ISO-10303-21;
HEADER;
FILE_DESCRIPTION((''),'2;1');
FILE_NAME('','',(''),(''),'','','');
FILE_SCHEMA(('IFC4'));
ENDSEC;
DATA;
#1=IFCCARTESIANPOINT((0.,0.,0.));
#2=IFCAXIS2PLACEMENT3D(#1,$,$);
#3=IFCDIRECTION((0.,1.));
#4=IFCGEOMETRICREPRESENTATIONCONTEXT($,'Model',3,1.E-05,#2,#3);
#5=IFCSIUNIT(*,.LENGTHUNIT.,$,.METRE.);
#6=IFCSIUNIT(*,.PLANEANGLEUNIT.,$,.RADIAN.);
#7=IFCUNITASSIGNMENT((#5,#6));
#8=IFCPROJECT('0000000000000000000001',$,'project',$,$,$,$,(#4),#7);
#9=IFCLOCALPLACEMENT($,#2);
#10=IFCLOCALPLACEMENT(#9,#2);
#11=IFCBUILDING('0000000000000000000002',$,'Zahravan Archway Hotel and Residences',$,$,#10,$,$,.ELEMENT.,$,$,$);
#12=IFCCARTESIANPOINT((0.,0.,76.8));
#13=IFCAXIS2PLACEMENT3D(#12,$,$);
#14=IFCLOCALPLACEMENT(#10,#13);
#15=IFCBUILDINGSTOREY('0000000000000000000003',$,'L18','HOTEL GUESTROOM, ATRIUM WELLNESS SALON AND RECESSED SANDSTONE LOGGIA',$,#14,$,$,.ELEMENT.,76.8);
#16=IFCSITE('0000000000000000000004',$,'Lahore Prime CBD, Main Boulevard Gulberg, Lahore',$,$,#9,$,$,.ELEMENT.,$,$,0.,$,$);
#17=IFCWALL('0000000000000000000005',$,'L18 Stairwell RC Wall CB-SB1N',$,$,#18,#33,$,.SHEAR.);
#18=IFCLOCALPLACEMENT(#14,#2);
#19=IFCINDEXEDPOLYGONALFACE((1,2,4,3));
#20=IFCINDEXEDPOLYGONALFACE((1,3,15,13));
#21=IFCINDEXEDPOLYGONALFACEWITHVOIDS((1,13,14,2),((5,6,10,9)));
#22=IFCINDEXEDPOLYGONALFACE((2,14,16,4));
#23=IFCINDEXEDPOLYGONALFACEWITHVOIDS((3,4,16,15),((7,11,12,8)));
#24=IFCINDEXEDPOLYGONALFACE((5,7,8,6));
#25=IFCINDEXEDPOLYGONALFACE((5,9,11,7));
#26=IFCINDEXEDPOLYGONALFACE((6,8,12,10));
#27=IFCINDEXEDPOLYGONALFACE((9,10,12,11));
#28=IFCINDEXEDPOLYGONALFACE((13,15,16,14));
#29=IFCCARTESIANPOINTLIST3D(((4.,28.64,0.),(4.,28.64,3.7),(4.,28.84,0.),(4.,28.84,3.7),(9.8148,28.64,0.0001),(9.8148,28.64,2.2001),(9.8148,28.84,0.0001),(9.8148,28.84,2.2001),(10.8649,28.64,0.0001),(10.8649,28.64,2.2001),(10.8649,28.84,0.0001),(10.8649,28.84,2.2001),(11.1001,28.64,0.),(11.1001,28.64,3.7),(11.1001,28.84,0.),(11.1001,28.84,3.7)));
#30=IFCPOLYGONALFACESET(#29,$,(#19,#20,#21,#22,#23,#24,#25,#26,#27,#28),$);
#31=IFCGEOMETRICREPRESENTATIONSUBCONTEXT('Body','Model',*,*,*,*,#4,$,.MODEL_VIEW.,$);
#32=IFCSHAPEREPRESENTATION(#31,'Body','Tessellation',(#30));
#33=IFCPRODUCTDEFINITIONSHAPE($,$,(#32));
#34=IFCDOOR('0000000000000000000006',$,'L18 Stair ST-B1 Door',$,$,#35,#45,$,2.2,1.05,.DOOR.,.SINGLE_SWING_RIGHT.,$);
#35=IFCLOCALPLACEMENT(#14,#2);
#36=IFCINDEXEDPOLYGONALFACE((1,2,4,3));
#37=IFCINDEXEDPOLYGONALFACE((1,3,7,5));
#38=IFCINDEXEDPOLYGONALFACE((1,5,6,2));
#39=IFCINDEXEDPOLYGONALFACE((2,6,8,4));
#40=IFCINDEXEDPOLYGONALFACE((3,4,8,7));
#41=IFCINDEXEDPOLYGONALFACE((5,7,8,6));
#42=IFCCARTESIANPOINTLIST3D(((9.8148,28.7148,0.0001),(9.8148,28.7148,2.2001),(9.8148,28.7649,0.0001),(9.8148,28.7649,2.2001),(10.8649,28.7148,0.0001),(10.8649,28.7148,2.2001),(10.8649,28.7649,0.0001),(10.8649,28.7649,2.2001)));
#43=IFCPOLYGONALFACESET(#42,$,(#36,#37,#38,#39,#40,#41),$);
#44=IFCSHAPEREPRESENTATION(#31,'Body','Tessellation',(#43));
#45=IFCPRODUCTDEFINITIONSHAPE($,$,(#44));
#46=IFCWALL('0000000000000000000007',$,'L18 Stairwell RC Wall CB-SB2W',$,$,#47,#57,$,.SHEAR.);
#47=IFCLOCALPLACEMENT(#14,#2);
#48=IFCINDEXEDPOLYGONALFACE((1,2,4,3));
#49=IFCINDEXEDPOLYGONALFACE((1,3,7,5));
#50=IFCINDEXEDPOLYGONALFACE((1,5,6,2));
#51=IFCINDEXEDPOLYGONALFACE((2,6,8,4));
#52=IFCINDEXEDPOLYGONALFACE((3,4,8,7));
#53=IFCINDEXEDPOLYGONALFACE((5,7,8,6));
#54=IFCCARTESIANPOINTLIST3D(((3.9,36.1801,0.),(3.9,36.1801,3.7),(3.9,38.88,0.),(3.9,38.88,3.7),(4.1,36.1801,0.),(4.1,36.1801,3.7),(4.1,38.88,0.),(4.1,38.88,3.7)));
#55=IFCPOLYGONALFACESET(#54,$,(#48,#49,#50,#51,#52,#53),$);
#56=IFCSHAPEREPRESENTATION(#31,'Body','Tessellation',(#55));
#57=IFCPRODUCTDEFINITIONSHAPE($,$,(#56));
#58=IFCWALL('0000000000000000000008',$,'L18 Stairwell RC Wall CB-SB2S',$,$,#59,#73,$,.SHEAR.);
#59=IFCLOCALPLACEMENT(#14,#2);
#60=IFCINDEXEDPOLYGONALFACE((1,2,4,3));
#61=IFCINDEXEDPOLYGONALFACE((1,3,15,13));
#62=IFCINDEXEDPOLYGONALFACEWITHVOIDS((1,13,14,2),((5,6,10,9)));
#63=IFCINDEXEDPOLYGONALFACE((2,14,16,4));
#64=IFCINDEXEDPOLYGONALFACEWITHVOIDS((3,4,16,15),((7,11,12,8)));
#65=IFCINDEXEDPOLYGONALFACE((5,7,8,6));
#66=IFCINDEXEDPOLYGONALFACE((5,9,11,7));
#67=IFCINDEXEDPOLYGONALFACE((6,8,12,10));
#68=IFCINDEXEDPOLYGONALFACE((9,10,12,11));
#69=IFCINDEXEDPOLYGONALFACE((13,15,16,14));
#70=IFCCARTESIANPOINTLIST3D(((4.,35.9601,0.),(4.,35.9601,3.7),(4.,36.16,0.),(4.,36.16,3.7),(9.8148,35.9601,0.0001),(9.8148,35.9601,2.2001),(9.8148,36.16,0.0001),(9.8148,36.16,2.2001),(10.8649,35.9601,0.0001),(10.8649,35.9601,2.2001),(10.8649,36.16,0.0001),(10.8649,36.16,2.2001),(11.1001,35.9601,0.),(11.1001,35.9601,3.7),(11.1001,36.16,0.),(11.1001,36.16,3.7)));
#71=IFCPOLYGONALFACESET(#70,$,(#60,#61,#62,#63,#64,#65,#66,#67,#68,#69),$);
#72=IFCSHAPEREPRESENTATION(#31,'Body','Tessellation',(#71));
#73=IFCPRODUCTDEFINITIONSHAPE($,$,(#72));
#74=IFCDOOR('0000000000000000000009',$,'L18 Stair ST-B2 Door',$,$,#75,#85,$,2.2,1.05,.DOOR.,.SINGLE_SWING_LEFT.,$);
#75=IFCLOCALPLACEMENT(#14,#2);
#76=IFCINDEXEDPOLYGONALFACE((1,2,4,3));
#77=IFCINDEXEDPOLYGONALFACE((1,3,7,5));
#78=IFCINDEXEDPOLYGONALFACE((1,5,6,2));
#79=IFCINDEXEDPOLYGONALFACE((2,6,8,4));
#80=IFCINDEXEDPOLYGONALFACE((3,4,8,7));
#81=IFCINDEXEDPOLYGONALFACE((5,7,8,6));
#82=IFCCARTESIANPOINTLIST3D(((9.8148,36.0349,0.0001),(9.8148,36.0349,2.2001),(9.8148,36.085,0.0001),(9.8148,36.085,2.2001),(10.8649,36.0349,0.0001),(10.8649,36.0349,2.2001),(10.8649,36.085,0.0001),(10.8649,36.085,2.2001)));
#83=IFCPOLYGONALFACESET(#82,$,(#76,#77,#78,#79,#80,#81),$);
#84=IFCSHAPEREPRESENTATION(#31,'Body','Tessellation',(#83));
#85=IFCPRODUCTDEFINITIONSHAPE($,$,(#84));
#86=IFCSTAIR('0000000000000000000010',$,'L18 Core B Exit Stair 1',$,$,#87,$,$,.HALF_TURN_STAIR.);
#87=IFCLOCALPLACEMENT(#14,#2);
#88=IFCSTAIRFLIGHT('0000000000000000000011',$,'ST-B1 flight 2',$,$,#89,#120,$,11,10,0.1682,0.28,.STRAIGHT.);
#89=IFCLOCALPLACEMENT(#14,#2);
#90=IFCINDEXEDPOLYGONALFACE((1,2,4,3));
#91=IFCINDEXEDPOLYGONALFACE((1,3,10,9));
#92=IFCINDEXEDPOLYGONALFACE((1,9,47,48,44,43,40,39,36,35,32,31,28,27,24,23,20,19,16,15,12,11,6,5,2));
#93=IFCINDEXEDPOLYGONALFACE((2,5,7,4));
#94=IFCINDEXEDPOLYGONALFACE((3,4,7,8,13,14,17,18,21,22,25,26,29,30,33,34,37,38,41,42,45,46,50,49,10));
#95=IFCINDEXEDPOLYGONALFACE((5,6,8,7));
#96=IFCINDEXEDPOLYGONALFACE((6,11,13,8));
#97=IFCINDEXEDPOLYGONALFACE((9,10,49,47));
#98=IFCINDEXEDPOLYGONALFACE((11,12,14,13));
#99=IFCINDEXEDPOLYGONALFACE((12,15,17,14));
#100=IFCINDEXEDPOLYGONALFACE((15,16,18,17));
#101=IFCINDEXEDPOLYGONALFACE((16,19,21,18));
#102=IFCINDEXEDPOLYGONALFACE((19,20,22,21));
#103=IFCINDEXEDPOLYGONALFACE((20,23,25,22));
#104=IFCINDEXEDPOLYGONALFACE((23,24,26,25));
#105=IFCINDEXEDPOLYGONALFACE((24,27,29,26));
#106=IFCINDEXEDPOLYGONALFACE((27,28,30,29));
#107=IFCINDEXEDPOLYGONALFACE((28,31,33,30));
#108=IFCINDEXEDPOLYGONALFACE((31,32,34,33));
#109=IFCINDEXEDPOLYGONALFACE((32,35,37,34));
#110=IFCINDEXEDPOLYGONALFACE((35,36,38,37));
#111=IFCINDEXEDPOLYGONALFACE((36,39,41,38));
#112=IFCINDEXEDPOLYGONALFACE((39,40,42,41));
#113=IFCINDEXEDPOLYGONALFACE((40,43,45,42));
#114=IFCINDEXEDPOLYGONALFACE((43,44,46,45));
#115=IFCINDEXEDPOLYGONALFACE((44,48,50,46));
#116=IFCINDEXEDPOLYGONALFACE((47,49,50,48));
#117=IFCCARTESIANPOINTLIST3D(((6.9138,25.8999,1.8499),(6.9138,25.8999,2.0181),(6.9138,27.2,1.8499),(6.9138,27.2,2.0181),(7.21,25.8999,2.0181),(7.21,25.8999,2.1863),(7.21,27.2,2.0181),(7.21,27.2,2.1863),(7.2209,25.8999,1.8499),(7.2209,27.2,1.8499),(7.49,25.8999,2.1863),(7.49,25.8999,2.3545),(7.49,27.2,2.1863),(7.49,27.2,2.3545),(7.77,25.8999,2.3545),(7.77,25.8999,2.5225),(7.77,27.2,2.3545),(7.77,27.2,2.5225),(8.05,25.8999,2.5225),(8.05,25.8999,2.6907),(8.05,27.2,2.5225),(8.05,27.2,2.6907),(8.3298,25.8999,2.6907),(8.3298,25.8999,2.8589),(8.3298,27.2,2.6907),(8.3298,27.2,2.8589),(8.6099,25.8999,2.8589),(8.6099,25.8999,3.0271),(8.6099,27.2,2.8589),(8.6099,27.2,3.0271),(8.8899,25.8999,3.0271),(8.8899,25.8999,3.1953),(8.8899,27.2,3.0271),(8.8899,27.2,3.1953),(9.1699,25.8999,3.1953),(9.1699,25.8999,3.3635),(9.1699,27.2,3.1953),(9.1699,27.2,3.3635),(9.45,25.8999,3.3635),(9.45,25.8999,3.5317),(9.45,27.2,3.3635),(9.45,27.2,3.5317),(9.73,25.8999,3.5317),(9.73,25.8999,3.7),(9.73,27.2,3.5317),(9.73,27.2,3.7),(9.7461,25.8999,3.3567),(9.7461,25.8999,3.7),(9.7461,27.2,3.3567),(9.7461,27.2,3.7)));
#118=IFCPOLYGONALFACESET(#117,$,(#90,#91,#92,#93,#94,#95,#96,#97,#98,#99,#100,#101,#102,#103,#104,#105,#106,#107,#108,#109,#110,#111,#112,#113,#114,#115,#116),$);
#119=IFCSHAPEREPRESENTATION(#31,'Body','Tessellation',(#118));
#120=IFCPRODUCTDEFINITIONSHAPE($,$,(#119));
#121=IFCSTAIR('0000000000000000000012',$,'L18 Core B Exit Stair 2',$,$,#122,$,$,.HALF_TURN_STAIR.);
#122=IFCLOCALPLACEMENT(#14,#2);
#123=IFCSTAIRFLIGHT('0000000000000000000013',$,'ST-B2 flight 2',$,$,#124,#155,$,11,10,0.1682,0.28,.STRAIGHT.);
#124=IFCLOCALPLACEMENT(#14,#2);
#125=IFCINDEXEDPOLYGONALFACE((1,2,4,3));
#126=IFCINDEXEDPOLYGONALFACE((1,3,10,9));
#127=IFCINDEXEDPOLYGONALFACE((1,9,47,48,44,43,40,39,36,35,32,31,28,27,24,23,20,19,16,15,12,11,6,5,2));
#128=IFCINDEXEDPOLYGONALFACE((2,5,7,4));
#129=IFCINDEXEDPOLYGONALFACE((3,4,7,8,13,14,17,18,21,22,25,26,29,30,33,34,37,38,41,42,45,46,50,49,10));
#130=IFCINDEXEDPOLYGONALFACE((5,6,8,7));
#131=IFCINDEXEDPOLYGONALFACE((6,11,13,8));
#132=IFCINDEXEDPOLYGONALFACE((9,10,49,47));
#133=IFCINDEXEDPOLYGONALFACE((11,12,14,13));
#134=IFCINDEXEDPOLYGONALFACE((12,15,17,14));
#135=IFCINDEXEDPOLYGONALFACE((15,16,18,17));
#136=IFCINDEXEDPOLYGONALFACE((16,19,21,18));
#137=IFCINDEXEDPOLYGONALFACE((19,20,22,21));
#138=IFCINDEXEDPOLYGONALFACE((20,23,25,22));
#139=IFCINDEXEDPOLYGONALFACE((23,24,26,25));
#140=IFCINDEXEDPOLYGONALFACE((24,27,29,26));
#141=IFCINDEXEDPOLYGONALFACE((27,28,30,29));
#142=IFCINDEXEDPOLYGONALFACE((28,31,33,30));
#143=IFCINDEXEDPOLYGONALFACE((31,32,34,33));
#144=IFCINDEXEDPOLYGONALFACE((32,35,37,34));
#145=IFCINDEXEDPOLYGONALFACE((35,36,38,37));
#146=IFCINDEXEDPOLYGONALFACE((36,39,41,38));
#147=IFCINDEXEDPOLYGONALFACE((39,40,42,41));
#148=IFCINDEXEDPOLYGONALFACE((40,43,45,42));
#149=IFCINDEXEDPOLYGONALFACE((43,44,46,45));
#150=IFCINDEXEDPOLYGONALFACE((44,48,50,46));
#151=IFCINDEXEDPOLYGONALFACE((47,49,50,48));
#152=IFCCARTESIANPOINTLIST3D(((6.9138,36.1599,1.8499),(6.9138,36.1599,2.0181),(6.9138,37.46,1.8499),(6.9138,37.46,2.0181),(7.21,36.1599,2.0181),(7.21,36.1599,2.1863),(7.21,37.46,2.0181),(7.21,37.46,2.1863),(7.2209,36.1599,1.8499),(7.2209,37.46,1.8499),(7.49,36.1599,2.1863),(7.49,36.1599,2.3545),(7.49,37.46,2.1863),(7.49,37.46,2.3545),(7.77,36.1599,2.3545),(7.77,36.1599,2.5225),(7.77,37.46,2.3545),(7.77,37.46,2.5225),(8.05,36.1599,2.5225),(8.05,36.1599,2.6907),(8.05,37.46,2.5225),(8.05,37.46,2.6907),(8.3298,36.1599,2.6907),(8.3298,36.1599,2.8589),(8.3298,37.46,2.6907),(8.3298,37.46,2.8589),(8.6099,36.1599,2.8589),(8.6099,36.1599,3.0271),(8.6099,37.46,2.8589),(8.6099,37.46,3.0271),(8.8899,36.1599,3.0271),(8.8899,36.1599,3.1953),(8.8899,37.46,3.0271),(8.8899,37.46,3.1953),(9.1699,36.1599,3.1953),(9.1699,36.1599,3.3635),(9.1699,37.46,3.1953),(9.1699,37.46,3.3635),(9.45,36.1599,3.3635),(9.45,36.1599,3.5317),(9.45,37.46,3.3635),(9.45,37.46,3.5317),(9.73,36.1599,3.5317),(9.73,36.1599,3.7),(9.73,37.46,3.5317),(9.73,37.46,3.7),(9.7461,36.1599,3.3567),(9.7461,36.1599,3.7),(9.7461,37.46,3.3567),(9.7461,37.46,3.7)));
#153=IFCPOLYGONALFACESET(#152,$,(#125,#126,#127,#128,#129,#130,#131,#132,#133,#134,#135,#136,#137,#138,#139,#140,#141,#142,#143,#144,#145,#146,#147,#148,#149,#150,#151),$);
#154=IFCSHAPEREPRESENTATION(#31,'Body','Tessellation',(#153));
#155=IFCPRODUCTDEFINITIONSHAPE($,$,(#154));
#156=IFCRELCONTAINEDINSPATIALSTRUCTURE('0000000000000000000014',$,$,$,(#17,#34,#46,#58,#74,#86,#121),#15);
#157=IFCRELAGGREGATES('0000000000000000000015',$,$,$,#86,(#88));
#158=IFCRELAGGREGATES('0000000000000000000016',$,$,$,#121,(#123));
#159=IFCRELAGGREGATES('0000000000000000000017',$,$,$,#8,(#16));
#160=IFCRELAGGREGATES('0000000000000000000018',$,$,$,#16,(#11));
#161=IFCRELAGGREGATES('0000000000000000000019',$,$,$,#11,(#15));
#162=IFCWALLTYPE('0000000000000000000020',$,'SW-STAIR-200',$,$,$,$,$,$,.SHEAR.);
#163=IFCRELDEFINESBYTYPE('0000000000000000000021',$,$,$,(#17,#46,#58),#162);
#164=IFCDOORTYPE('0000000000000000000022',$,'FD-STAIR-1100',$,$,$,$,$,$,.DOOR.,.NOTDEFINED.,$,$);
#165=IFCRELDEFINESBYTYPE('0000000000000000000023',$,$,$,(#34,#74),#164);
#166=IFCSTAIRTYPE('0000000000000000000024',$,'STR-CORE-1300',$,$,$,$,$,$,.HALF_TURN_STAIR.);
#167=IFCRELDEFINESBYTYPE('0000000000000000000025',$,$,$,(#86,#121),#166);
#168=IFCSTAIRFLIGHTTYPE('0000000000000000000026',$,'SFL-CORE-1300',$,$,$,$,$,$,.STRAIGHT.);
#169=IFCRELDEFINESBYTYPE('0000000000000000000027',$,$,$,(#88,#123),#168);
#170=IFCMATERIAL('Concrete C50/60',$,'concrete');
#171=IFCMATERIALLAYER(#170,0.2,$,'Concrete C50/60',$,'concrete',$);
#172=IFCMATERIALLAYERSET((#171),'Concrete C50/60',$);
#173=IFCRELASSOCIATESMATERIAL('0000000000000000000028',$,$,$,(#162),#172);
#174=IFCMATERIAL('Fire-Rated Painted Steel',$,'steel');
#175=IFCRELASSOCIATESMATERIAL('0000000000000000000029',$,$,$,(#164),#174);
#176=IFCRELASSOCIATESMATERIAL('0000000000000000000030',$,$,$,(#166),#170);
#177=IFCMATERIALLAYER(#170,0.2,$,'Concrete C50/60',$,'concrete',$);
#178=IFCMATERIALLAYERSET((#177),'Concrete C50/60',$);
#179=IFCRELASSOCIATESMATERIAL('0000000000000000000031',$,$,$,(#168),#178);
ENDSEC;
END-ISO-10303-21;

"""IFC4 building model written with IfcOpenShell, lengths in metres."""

from ifc_helpers import new_model, si_unit, direction, frame, frame_2d, origin, place, context, subcontext, project, spatial, polyline, rectangle, outline, extrude, source, transform, mapped, material, layer, layer_set, type_object, type_shapes, element, fill, aggregate, save


model = new_model("IFC4")

# Units and contexts
model_context = context("Model", 3, precision=1e-05, world=origin(), true_north=direction((0.0, 1.0)))
body_context = subcontext(model_context, "Body", "Model", "MODEL_VIEW")
ifc_project = project(units=[si_unit("LENGTHUNIT", "METRE"), si_unit("PLANEANGLEUNIT", "RADIAN")], contexts=[model_context])

# Site, building, storey
site_placement = place(None, origin())
site = spatial("IfcSite", under=ifc_project, at=site_placement, Name="Lahore Prime CBD, Main Boulevard Gulberg, Lahore", CompositionType="ELEMENT", RefElevation=0.0)
building_placement = place(site_placement, origin())
building = spatial("IfcBuilding", under=site, at=building_placement, Name="Zahravan Archway Hotel and Residences", CompositionType="ELEMENT")
storey_placement = place(building_placement, frame((0.0, 0.0, 76.8)))
storey = spatial("IfcBuildingStorey", under=building, at=storey_placement, Name="L18", Description="HOTEL GUESTROOM, ATRIUM WELLNESS SALON AND RECESSED SANDSTONE LOGGIA", CompositionType="ELEMENT", Elevation=76.8)

# Shared definitions
ifc_material_1 = material(Name="Fire-Rated Painted Steel", Category="steel")

# Shared definitions
ifc_material_2 = material(Name="Concrete C50/60", Category="concrete")
ifc_layer_1 = layer(ifc_material_2, 0.2, Name="Concrete C50/60", Category="concrete")
ifc_layer_set_1 = layer_set([ifc_layer_1], Name="Concrete C50/60")
wall_type_1 = type_object("IfcWallType", Name="SW-STAIR-200", PredefinedType="SHEAR", material=ifc_layer_set_1)

# Wall, opening, door
wall_1_placement = place(storey_placement, frame((4.0, 28.74, 0.0), z_axis=(0.0, 0.0, 1.0), x_axis=(1.0, 0.0, 0.0)))
wall_1 = element("IfcWall", 1, at=wall_1_placement, inside=storey, type_object=wall_type_1, Name="L18 Stairwell RC Wall CB-SB1N", PredefinedType="SHEAR", context=body_context, shape_type="SweptSolid", body=[
    extrude(rectangle(XDim=7.1001, YDim=0.2, at=frame_2d((3.55, 0.0))), origin(), (0.0, 0.0, 1.0), 3.7),
])
opening_1_placement = place(wall_1_placement, frame((5.8149, 0.0, 0.0)))
opening_1 = element("IfcOpeningElement", 2, at=opening_1_placement, cuts=wall_1, PredefinedType="OPENING", context=body_context, shape_type="SweptSolid", body=[
    extrude(rectangle(XDim=1.05, YDim=2.2, at=frame_2d((0.5249, 1.1001))), frame((0.0, 0.1099, 0.0), z_axis=(0.0, -1.0, 0.0), x_axis=(1.0, 0.0, 0.0)), (0.0, 0.0, 1.0), 0.22),
])
door_type_1 = type_object("IfcDoorType", Name="FD-STAIR-1100", OperationType="NOTDEFINED", PredefinedType="DOOR", material=ifc_material_1)
shared_shape_1 = source(origin(), body_context, "Body", "SweptSolid", [
    extrude(rectangle(XDim=1.05, YDim=2.2, at=frame_2d((0.5249, 1.1001))), frame((0.0, 0.0249, 0.0), z_axis=(0.0, -1.0, 0.0), x_axis=(1.0, 0.0, 0.0)), (0.0, 0.0, 1.0), 0.05),
])
type_shapes(door_type_1, [shared_shape_1])
door_1_placement = place(opening_1_placement, origin())
door_1 = element("IfcDoor", 3, at=door_1_placement, inside=storey, type_object=door_type_1, Name="L18 Stair ST-B1 Door", OperationType="SINGLE_SWING_RIGHT", OverallHeight=2.2, OverallWidth=1.05, PredefinedType="DOOR", context=body_context, shape_type="MappedRepresentation", body=[
    mapped(shared_shape_1, transform((0.0, 0.0, 0.0), scale=1.0)),
])
fill(opening_1, door_1)

# Wall
wall_2_placement = place(storey_placement, frame((4.0, 36.1799, 0.0), z_axis=(0.0, 0.0, 1.0), x_axis=(0.0, 1.0, 0.0)))
element("IfcWall", 4, at=wall_2_placement, inside=storey, type_object=wall_type_1, Name="L18 Stairwell RC Wall CB-SB2W", PredefinedType="SHEAR", context=body_context, shape_type="SweptSolid", body=[
    extrude(rectangle(XDim=2.7, YDim=0.2, at=frame_2d((1.3501, 0.0))), origin(), (0.0, 0.0, 1.0), 3.7),
])

# Wall, opening, door
wall_3_placement = place(storey_placement, frame((4.0, 36.0601, 0.0), z_axis=(0.0, 0.0, 1.0), x_axis=(1.0, 0.0, 0.0)))
wall_3 = element("IfcWall", 5, at=wall_3_placement, inside=storey, type_object=wall_type_1, Name="L18 Stairwell RC Wall CB-SB2S", PredefinedType="SHEAR", context=body_context, shape_type="SweptSolid", body=[
    extrude(rectangle(XDim=7.1001, YDim=0.2, at=frame_2d((3.55, 0.0))), origin(), (0.0, 0.0, 1.0), 3.7),
])
opening_2_placement = place(wall_3_placement, frame((5.8149, 0.0, 0.0)))
opening_2 = element("IfcOpeningElement", 6, at=opening_2_placement, cuts=wall_3, PredefinedType="OPENING", context=body_context, shape_type="SweptSolid", body=[
    extrude(rectangle(XDim=1.05, YDim=2.2, at=frame_2d((0.5249, 1.1001))), frame((0.0, 0.1099, 0.0), z_axis=(0.0, -1.0, 0.0), x_axis=(1.0, 0.0, 0.0)), (0.0, 0.0, 1.0), 0.22),
])
door_2_placement = place(opening_2_placement, origin())
door_2 = element("IfcDoor", 7, at=door_2_placement, inside=storey, type_object=door_type_1, Name="L18 Stair ST-B2 Door", OperationType="SINGLE_SWING_LEFT", OverallHeight=2.2, OverallWidth=1.05, PredefinedType="DOOR", context=body_context, shape_type="MappedRepresentation", body=[
    mapped(shared_shape_1, transform((0.0, 0.0, 0.0), scale=1.0)),
])
fill(opening_2, door_2)

# Stairs, stair flights
stair_type = type_object("IfcStairType", Name="STR-CORE-1300", PredefinedType="HALF_TURN_STAIR", material=ifc_material_2)
stair_1_placement = place(storey_placement, origin())
stair_1 = element("IfcStair", 8, at=stair_1_placement, inside=storey, type_object=stair_type, Name="L18 Core B Exit Stair 1", PredefinedType="HALF_TURN_STAIR")
ifc_layer_2 = layer(ifc_material_2, 0.2, Name="Concrete C50/60", Category="concrete")
ifc_layer_set_2 = layer_set([ifc_layer_2], Name="Concrete C50/60")
stair_flight_type = type_object("IfcStairFlightType", Name="SFL-CORE-1300", PredefinedType="STRAIGHT", material=ifc_layer_set_2)
shared_shape_2 = source(origin(), body_context, "Body", "SweptSolid", [
    extrude(outline(polyline([(-0.0161, 0.0), (-0.0161, 0.1682), (0.28, 0.1682), (0.28, 0.3364), (0.5601, 0.3364), (0.5601, 0.5046), (0.8401, 0.5046), (0.8401, 0.6726), (1.1201, 0.6726), (1.1201, 0.8408), (1.3999, 0.8408), (1.3999, 1.009), (1.6799, 1.009), (1.6799, 1.1772), (1.96, 1.1772), (1.96, 1.3455), (2.24, 1.3455), (2.24, 1.5137), (2.52, 1.5137), (2.52, 1.6819), (2.8, 1.6819), (2.8, 1.8501), (2.8162, 1.8501), (2.8162, 1.5068), (0.291, 0.0), (-0.0161, 0.0)])), frame((0.0, 0.6499, 0.0), z_axis=(0.0, -1.0, 0.0), x_axis=(1.0, 0.0, 0.0)), (0.0, 0.0, 1.0), 1.3),
])
stair_flight_1_placement = place(storey_placement, frame((6.9299, 26.55, 1.8499), z_axis=(0.0, 0.0, 1.0), x_axis=(1.0, 0.0, 0.0)))
stair_flight_1 = element("IfcStairFlight", 9, at=stair_flight_1_placement, type_object=stair_flight_type, Name="ST-B1 flight 2", NumberOfRisers=11, NumberOfTreads=10, PredefinedType="STRAIGHT", RiserHeight=0.1682, TreadLength=0.28, context=body_context, shape_type="MappedRepresentation", body=[
    mapped(shared_shape_2, transform((0.0, 0.0, 0.0), scale=1.0)),
])
aggregate(stair_1, [stair_flight_1])
stair_2_placement = place(storey_placement, origin())
stair_2 = element("IfcStair", 10, at=stair_2_placement, inside=storey, type_object=stair_type, Name="L18 Core B Exit Stair 2", PredefinedType="HALF_TURN_STAIR")
stair_flight_2_placement = place(storey_placement, frame((6.9299, 36.8101, 1.8499), z_axis=(0.0, 0.0, 1.0), x_axis=(1.0, 0.0, 0.0)))
stair_flight_2 = element("IfcStairFlight", 11, at=stair_flight_2_placement, type_object=stair_flight_type, Name="ST-B2 flight 2", NumberOfRisers=11, NumberOfTreads=10, PredefinedType="STRAIGHT", RiserHeight=0.1682, TreadLength=0.28, context=body_context, shape_type="MappedRepresentation", body=[
    mapped(shared_shape_2, transform((0.0, 0.0, 0.0), scale=1.0)),
])
aggregate(stair_2, [stair_flight_2])

save(model, "model.ifc")
